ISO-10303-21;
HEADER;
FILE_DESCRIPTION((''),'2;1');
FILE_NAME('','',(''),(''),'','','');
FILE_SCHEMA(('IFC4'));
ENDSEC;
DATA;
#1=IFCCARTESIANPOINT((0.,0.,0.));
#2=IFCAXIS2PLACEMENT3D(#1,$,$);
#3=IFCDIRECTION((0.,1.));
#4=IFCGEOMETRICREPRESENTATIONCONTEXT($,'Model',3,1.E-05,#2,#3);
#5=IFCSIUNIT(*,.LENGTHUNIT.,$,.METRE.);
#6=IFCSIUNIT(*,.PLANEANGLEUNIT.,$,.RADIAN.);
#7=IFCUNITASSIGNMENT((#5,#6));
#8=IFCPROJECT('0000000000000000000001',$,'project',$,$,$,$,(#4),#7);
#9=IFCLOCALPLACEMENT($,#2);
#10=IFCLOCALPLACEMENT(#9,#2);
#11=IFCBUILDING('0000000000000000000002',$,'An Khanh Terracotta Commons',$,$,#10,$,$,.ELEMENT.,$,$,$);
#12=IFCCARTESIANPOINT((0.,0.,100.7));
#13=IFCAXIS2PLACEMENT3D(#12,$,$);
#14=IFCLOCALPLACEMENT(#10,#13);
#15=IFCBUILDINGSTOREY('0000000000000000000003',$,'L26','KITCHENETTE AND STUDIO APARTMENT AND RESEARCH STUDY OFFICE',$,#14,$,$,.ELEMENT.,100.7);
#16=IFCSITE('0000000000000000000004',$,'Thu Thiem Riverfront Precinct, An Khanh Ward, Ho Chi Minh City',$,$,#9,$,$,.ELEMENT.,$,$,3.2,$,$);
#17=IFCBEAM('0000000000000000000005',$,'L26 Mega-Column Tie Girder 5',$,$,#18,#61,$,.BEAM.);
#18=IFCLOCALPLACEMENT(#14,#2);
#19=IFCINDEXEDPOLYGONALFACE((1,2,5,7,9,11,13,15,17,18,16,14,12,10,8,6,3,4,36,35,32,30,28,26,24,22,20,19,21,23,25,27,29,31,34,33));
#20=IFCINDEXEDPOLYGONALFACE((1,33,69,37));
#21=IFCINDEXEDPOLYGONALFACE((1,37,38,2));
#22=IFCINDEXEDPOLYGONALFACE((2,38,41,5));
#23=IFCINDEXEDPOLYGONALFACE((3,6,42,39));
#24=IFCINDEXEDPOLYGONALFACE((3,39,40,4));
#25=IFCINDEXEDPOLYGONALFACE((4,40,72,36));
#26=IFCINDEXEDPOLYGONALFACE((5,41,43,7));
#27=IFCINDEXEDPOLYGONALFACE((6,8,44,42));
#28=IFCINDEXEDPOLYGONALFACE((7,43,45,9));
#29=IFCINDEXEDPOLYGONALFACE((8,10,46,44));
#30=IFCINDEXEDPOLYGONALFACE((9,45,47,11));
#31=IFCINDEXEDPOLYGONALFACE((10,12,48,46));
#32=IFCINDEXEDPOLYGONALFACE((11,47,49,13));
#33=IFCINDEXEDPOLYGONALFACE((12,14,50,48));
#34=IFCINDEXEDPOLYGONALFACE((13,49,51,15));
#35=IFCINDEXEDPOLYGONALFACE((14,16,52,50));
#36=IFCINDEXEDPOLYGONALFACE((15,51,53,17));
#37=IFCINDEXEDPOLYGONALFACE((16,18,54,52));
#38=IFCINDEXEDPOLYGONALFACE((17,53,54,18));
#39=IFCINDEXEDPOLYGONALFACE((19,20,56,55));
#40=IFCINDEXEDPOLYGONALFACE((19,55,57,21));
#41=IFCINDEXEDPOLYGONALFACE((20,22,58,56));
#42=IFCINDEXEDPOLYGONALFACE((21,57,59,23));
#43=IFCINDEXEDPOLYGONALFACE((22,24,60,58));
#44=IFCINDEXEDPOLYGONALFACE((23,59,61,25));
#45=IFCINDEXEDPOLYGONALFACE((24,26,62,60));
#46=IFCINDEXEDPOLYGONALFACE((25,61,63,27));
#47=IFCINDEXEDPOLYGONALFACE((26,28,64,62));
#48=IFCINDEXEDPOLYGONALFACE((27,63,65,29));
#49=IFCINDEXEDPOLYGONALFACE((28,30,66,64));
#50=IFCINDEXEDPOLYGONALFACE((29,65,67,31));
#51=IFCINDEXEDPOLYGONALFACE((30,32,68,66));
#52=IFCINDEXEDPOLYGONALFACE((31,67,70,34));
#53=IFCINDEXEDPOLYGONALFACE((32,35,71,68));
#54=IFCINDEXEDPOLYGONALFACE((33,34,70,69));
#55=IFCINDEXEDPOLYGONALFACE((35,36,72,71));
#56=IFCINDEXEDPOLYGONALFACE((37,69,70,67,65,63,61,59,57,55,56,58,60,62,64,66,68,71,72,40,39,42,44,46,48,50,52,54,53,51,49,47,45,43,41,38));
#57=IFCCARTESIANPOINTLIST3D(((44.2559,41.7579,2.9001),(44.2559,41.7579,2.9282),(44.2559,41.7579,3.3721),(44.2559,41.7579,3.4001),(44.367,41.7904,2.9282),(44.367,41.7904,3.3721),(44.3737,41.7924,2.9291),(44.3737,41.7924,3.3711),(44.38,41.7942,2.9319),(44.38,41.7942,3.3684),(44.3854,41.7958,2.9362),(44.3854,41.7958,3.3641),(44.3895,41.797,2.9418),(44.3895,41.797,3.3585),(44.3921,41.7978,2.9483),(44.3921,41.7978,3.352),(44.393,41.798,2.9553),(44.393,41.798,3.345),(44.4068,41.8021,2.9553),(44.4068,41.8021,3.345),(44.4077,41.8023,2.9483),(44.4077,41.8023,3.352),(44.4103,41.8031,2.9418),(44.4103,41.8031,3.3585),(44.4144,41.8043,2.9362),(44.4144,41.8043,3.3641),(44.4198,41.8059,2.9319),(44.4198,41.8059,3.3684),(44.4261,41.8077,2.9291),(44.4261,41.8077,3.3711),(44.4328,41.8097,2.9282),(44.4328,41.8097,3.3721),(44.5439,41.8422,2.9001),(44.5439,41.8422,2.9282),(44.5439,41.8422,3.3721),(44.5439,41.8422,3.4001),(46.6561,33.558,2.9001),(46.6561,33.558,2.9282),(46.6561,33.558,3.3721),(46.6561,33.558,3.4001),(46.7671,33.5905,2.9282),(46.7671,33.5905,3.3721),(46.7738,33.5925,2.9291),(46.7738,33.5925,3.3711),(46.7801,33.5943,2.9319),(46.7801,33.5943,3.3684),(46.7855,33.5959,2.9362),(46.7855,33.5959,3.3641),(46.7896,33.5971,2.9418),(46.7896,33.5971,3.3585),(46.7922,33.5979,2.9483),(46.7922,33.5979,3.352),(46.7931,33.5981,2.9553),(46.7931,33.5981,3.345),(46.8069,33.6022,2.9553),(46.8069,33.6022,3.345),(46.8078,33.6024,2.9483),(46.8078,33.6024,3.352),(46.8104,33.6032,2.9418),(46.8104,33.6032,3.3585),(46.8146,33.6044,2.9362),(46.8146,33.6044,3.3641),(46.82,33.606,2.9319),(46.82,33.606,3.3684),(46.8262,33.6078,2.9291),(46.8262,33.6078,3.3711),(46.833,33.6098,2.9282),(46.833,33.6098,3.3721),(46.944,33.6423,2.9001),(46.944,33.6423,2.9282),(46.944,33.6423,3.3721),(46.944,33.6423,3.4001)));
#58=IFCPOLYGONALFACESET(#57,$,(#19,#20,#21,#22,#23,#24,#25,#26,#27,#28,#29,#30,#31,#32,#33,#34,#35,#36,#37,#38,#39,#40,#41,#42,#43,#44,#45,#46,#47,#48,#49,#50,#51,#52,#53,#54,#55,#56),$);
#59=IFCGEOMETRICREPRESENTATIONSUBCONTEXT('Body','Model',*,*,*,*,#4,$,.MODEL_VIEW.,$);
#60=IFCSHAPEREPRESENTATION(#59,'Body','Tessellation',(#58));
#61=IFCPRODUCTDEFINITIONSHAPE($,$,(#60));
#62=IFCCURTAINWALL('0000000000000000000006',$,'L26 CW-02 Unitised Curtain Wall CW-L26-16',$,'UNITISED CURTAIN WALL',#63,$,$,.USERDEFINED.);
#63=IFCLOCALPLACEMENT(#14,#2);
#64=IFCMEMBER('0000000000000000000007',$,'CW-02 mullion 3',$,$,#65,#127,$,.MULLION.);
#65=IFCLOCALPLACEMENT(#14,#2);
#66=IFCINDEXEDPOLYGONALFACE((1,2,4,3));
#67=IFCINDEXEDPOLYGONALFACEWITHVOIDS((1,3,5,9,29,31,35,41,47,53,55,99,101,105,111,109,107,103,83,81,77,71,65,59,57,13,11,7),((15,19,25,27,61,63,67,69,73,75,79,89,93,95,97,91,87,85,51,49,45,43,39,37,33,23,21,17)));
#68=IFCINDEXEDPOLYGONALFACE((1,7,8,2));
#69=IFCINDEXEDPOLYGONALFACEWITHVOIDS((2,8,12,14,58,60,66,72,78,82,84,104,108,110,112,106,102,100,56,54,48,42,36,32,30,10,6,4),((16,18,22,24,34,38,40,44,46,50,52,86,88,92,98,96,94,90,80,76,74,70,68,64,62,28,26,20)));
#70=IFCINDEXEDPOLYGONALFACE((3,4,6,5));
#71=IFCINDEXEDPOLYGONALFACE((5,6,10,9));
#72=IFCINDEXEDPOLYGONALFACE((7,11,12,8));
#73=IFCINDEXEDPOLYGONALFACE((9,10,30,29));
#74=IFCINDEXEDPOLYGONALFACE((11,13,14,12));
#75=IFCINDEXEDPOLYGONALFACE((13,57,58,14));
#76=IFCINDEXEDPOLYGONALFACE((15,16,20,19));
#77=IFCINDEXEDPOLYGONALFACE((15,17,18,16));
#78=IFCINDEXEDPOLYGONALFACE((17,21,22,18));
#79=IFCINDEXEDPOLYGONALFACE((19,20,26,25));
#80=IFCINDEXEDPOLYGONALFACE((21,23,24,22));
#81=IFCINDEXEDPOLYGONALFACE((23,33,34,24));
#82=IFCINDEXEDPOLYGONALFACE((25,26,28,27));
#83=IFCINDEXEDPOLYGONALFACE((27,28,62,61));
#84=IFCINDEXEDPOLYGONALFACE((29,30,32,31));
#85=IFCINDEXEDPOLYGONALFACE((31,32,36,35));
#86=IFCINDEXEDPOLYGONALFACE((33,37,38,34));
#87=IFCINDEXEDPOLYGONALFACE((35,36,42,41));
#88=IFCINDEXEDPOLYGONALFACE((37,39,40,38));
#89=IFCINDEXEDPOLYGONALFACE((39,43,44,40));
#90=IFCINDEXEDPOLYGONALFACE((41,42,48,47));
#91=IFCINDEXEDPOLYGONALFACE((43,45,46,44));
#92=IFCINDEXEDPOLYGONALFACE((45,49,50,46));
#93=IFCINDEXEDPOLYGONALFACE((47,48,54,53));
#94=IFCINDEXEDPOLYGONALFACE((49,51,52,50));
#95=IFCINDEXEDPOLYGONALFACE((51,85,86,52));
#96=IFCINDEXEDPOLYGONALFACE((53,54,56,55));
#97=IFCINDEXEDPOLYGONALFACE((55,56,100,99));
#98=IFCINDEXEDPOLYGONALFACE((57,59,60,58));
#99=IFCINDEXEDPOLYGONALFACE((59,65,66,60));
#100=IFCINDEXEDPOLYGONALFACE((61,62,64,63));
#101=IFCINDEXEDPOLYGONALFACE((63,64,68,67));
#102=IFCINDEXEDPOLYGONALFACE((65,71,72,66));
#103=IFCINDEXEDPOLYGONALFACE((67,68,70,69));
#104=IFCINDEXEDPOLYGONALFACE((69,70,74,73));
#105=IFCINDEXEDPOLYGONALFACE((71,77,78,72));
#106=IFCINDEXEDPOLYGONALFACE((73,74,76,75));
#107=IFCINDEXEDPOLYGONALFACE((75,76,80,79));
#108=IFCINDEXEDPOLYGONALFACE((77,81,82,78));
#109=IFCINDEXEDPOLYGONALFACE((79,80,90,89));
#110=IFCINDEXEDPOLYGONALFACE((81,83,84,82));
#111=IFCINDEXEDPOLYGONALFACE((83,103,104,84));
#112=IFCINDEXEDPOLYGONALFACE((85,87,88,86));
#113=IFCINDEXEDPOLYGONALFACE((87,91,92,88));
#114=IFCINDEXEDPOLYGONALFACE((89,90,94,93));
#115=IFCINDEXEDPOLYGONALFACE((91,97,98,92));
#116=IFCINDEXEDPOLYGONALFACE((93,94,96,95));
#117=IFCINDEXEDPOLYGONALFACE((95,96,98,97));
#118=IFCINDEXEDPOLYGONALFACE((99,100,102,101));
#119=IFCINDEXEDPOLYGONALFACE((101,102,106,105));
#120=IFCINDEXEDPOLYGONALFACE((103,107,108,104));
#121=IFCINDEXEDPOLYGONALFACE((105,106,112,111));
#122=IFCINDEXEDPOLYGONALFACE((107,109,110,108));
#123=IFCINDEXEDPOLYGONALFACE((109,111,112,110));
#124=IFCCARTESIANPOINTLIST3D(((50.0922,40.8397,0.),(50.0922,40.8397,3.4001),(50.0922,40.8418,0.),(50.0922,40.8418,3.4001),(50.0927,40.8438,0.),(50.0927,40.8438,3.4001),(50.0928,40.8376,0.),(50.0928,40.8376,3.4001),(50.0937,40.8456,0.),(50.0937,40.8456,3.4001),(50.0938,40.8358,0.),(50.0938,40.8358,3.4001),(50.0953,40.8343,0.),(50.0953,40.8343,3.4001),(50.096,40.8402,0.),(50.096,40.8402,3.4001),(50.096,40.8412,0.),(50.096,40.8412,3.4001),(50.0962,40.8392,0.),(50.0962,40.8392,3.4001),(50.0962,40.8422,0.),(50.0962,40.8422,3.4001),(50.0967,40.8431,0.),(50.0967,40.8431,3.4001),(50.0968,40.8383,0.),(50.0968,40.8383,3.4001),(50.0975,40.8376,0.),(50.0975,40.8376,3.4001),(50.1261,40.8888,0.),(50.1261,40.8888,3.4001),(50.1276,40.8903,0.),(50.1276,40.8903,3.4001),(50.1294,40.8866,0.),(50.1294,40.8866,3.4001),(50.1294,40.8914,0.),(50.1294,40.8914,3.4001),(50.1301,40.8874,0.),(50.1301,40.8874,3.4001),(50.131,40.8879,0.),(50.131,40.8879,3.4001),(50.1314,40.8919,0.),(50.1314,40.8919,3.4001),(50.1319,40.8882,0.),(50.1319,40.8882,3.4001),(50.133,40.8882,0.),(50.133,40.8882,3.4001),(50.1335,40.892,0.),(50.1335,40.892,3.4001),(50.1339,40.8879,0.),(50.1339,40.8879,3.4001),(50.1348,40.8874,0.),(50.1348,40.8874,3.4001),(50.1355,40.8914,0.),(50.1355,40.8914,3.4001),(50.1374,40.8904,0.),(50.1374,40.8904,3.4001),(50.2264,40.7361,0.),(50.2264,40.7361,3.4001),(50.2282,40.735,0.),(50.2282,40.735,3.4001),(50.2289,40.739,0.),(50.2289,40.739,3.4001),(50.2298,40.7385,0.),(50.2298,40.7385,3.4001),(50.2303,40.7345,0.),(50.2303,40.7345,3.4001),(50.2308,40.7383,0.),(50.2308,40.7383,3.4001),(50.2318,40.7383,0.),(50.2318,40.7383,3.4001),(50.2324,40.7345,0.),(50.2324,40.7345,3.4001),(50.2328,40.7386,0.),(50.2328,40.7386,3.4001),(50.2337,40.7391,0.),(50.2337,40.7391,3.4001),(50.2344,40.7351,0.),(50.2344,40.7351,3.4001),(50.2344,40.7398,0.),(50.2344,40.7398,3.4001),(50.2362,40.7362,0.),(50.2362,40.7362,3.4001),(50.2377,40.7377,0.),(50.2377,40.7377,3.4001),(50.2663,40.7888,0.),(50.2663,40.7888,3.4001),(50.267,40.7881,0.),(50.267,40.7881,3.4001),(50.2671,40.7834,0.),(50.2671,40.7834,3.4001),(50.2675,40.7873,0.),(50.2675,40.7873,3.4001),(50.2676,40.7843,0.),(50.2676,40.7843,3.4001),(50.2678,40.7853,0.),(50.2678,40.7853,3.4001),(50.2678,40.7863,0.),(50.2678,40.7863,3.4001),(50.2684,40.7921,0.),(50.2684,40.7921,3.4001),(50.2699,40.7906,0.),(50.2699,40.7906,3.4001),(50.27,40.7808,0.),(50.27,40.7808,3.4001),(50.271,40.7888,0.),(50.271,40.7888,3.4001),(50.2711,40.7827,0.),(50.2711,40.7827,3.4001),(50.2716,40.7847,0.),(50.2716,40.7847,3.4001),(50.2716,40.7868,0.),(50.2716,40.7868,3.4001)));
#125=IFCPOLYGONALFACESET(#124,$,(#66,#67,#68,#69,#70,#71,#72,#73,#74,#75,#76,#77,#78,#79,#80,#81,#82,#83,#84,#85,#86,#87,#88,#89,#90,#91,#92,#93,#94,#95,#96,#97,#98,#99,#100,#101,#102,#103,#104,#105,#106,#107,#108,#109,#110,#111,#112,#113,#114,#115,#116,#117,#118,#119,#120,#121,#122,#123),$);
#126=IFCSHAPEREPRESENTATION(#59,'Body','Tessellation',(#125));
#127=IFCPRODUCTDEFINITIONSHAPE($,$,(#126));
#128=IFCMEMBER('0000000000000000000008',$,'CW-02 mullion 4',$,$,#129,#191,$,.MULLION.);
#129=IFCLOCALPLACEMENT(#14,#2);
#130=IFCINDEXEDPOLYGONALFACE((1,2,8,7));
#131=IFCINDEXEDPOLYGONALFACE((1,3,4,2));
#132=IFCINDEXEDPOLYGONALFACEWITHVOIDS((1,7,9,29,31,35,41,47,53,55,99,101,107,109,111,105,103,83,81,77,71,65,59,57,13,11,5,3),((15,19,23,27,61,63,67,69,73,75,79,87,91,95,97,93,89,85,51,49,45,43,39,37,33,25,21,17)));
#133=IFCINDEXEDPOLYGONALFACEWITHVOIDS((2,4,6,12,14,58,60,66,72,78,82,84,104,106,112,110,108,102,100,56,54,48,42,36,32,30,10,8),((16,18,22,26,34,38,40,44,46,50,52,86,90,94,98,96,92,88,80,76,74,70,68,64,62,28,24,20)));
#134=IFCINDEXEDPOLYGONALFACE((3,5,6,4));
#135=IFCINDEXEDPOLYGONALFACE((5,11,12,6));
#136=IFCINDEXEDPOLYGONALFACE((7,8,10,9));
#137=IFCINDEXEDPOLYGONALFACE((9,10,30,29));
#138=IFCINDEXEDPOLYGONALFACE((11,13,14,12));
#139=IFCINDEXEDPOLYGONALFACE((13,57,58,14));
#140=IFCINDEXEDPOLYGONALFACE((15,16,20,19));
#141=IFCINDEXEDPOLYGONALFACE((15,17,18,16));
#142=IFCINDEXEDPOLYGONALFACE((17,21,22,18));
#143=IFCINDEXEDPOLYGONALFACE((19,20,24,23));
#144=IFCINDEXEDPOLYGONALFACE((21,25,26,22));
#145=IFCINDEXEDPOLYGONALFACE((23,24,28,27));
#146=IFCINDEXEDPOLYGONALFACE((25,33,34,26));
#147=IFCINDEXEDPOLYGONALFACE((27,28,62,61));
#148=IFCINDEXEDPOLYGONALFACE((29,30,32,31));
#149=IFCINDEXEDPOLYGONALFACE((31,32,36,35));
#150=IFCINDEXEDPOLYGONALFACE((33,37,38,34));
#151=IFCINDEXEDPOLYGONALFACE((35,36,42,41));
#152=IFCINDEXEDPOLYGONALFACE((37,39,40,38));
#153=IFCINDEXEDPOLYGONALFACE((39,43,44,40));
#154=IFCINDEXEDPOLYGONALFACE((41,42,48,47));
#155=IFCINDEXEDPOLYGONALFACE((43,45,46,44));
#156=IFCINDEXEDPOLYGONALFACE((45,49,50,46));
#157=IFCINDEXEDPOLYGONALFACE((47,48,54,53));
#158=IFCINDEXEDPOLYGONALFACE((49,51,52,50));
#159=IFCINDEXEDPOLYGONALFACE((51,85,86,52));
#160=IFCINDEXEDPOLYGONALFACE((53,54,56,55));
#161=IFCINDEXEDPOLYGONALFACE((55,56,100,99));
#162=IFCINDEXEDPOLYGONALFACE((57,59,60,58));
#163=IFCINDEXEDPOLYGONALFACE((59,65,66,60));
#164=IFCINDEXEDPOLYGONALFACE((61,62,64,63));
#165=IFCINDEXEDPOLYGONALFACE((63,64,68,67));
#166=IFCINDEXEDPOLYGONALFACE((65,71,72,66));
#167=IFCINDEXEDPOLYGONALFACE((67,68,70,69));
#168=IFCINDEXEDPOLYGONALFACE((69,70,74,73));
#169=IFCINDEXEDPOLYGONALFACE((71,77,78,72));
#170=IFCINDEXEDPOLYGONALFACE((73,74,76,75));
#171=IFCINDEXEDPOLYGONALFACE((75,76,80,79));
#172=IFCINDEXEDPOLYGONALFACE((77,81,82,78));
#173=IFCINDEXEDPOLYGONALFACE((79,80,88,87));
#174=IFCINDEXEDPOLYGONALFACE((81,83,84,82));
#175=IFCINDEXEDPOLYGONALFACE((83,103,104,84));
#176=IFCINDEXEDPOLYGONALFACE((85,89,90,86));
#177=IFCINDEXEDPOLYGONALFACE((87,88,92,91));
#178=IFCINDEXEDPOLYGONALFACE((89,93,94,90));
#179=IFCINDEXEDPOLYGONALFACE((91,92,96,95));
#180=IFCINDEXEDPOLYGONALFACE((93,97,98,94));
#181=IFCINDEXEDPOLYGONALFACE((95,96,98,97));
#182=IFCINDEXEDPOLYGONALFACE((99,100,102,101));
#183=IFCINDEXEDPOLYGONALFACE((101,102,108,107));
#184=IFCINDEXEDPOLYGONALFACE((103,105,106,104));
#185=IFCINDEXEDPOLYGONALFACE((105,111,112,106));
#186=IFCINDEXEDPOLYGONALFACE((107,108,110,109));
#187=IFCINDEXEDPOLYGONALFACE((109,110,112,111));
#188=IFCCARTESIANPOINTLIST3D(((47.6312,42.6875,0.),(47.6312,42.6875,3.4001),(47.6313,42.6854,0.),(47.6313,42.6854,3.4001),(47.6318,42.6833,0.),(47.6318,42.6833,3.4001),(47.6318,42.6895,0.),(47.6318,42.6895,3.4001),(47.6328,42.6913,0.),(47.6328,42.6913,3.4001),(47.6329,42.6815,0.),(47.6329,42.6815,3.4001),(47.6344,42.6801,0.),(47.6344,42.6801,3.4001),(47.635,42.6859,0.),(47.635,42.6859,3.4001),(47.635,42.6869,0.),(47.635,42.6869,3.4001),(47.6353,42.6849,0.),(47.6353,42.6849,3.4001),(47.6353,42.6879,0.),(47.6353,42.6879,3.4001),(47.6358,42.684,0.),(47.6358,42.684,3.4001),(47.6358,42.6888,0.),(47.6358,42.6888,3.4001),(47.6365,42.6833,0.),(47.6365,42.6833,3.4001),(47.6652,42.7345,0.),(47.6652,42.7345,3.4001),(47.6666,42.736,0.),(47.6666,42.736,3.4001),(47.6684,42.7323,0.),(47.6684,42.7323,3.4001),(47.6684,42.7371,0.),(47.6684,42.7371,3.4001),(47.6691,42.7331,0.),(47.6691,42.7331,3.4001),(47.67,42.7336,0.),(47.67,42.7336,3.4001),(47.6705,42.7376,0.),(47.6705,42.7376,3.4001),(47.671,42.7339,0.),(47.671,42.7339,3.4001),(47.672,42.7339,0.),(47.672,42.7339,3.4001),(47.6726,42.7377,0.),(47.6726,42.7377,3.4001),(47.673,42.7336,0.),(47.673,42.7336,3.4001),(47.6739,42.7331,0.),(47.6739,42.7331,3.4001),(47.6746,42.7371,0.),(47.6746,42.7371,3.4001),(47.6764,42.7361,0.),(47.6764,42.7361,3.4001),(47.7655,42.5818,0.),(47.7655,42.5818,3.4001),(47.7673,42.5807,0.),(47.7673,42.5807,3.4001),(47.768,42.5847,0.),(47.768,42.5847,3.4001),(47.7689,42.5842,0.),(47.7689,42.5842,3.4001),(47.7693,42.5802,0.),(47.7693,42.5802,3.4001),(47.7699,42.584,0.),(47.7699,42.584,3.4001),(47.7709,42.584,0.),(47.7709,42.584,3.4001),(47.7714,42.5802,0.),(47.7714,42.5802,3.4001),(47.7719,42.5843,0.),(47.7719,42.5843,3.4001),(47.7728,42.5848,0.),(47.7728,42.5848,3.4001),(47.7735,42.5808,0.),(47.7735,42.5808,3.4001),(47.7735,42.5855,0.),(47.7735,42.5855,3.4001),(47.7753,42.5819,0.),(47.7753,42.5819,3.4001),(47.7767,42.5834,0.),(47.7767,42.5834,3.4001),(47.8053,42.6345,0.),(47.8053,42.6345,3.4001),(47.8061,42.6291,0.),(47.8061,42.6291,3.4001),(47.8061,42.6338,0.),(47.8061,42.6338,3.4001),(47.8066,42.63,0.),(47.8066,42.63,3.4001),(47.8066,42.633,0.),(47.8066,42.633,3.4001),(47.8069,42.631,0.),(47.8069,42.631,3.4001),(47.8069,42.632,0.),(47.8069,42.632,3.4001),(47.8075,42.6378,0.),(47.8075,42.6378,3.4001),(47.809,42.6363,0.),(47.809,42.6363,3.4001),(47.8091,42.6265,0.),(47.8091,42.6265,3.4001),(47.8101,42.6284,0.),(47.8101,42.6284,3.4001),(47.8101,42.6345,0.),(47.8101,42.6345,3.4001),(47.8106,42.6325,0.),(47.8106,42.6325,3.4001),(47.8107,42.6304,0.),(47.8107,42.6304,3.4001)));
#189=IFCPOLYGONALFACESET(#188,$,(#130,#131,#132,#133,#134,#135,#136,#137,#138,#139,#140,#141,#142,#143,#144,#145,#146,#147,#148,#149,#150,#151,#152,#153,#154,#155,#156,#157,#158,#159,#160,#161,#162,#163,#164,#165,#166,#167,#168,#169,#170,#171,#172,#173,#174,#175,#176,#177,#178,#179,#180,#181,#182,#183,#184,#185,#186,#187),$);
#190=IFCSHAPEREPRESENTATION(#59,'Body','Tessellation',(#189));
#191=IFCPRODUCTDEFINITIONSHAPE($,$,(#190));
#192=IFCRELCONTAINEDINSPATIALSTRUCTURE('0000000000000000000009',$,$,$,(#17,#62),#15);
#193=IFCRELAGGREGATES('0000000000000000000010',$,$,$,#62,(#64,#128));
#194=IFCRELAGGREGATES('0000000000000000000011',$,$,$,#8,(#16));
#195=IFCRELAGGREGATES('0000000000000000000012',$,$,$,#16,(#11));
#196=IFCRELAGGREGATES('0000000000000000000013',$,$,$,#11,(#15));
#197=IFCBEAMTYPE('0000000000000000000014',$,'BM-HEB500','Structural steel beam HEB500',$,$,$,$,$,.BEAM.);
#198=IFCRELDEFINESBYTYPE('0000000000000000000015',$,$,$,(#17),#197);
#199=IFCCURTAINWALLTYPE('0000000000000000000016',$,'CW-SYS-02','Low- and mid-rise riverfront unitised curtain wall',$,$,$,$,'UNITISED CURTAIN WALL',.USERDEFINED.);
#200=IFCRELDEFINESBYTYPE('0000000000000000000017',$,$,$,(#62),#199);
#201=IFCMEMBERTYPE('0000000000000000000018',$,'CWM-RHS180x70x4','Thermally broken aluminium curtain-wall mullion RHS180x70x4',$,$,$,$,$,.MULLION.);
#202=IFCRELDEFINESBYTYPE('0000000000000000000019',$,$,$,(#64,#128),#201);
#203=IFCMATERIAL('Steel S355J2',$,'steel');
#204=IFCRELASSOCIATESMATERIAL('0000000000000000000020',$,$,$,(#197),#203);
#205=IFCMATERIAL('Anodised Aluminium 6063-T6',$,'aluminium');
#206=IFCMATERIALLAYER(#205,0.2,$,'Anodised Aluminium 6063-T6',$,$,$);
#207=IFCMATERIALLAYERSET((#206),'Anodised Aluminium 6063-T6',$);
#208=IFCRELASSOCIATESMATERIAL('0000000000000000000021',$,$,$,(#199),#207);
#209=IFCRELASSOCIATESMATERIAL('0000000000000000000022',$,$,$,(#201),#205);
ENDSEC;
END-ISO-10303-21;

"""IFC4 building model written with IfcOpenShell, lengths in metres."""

from ifc_helpers import new_model, si_unit, direction, frame, origin, origin_2d, place, context, subcontext, project, spatial, hollow_rectangle, i_section, extrude, material, layer, layer_set, material_profile, profile_set, type_object, element, aggregate, save


model = new_model("IFC4")

# Units and contexts
model_context = context("Model", 3, precision=1e-05, world=origin(), true_north=direction((0.0, 1.0)))
body_context = subcontext(model_context, "Body", "Model", "MODEL_VIEW")
ifc_project = project(units=[si_unit("LENGTHUNIT", "METRE"), si_unit("PLANEANGLEUNIT", "RADIAN")], contexts=[model_context])

# Site, building, storey
site_placement = place(None, origin())
site = spatial("IfcSite", under=ifc_project, at=site_placement, Name="Thu Thiem Riverfront Precinct, An Khanh Ward, Ho Chi Minh City", CompositionType="ELEMENT", RefElevation=3.2)
building_placement = place(site_placement, origin())
building = spatial("IfcBuilding", under=site, at=building_placement, Name="An Khanh Terracotta Commons", CompositionType="ELEMENT")
storey_placement = place(building_placement, frame((0.0, 0.0, 100.7)))
storey = spatial("IfcBuildingStorey", under=building, at=storey_placement, Name="L26", Description="KITCHENETTE AND STUDIO APARTMENT AND RESEARCH STUDY OFFICE", CompositionType="ELEMENT", Elevation=100.7)

# Beam
ifc_material_1 = material(Name="Steel S355J2", Category="steel")
ifc_material_profile_1 = material_profile(ifc_material_1, i_section(OverallWidth=0.3, OverallDepth=0.5, WebThickness=0.0144, FlangeThickness=0.0281, FilletRadius=0.0271, at=origin_2d()), Name="HEB500")
ifc_profile_set_1 = profile_set([ifc_material_profile_1], Name="Steel S355J2")
beam_type = type_object("IfcBeamType", Name="BM-HEB500", Description="Structural steel beam HEB500", PredefinedType="BEAM", material=ifc_profile_set_1)
beam_1_placement = place(storey_placement, frame((44.3999, 41.8, 3.1501), z_axis=(0.280916, -0.959732, 0.0), x_axis=(0.959732, 0.280916, 0.0)))
element("IfcBeam", 1, at=beam_1_placement, inside=storey, type_object=beam_type, Name="L26 Mega-Column Tie Girder 5", PredefinedType="BEAM", context=body_context, shape_type="SweptSolid", body=[
    extrude(i_section(OverallWidth=0.3, OverallDepth=0.5, WebThickness=0.0144, FlangeThickness=0.0281, FilletRadius=0.0271, at=origin_2d()), origin(), (0.0, 0.0, 1.0), 8.5439),
])

# Curtain wall, members
ifc_material_2 = material(Name="Anodised Aluminium 6063-T6", Category="aluminium")
ifc_layer_1 = layer(ifc_material_2, 0.2, Name="Anodised Aluminium 6063-T6")
ifc_layer_set_1 = layer_set([ifc_layer_1], Name="Anodised Aluminium 6063-T6")
curtain_wall_type = type_object("IfcCurtainWallType", Name="CW-SYS-02", Description="Low- and mid-rise riverfront unitised curtain wall", ElementType="UNITISED CURTAIN WALL", PredefinedType="USERDEFINED", material=ifc_layer_set_1)
curtain_wall_placement = place(storey_placement, origin())
curtain_wall = element("IfcCurtainWall", 2, at=curtain_wall_placement, inside=storey, type_object=curtain_wall_type, Name="L26 CW-02 Unitised Curtain Wall CW-L26-16", ObjectType="UNITISED CURTAIN WALL", PredefinedType="USERDEFINED")
ifc_material_profile_2 = material_profile(ifc_material_2, hollow_rectangle(XDim=0.0701, YDim=0.1799, WallThickness=0.0039, InnerFilletRadius=0.0039, OuterFilletRadius=0.0081, at=origin_2d()), Name="RHS180x70x4")
ifc_profile_set_2 = profile_set([ifc_material_profile_2], Name="Anodised Aluminium 6063-T6")
member_type_1 = type_object("IfcMemberType", Name="CWM-RHS180x70x4", Description="Thermally broken aluminium curtain-wall mullion RHS180x70x4", PredefinedType="MULLION", material=ifc_profile_set_2)
member_1_placement = place(storey_placement, frame((50.1819, 40.8132, 0.0), z_axis=(0.0, 0.0, 1.0), x_axis=(-0.599983, -0.800013, 0.0)))
member_1 = element("IfcMember", 3, at=member_1_placement, type_object=member_type_1, Name="CW-02 mullion 3", PredefinedType="MULLION", context=body_context, shape_type="SweptSolid", body=[
    extrude(hollow_rectangle(XDim=0.0701, YDim=0.1799, WallThickness=0.0039, InnerFilletRadius=0.0039, OuterFilletRadius=0.0081, at=origin_2d()), origin(), (0.0, 0.0, 1.0), 3.4001),
])
member_2_placement = place(storey_placement, frame((47.7209, 42.6589, 0.0), z_axis=(0.0, 0.0, 1.0), x_axis=(-0.599983, -0.800013, 0.0)))
member_2 = element("IfcMember", 4, at=member_2_placement, type_object=member_type_1, Name="CW-02 mullion 4", PredefinedType="MULLION", context=body_context, shape_type="SweptSolid", body=[
    extrude(hollow_rectangle(XDim=0.0701, YDim=0.1799, WallThickness=0.0039, InnerFilletRadius=0.0039, OuterFilletRadius=0.0081, at=origin_2d()), origin(), (0.0, 0.0, 1.0), 3.4001),
])
aggregate(curtain_wall, [member_1, member_2])

save(model, "model.ifc")
